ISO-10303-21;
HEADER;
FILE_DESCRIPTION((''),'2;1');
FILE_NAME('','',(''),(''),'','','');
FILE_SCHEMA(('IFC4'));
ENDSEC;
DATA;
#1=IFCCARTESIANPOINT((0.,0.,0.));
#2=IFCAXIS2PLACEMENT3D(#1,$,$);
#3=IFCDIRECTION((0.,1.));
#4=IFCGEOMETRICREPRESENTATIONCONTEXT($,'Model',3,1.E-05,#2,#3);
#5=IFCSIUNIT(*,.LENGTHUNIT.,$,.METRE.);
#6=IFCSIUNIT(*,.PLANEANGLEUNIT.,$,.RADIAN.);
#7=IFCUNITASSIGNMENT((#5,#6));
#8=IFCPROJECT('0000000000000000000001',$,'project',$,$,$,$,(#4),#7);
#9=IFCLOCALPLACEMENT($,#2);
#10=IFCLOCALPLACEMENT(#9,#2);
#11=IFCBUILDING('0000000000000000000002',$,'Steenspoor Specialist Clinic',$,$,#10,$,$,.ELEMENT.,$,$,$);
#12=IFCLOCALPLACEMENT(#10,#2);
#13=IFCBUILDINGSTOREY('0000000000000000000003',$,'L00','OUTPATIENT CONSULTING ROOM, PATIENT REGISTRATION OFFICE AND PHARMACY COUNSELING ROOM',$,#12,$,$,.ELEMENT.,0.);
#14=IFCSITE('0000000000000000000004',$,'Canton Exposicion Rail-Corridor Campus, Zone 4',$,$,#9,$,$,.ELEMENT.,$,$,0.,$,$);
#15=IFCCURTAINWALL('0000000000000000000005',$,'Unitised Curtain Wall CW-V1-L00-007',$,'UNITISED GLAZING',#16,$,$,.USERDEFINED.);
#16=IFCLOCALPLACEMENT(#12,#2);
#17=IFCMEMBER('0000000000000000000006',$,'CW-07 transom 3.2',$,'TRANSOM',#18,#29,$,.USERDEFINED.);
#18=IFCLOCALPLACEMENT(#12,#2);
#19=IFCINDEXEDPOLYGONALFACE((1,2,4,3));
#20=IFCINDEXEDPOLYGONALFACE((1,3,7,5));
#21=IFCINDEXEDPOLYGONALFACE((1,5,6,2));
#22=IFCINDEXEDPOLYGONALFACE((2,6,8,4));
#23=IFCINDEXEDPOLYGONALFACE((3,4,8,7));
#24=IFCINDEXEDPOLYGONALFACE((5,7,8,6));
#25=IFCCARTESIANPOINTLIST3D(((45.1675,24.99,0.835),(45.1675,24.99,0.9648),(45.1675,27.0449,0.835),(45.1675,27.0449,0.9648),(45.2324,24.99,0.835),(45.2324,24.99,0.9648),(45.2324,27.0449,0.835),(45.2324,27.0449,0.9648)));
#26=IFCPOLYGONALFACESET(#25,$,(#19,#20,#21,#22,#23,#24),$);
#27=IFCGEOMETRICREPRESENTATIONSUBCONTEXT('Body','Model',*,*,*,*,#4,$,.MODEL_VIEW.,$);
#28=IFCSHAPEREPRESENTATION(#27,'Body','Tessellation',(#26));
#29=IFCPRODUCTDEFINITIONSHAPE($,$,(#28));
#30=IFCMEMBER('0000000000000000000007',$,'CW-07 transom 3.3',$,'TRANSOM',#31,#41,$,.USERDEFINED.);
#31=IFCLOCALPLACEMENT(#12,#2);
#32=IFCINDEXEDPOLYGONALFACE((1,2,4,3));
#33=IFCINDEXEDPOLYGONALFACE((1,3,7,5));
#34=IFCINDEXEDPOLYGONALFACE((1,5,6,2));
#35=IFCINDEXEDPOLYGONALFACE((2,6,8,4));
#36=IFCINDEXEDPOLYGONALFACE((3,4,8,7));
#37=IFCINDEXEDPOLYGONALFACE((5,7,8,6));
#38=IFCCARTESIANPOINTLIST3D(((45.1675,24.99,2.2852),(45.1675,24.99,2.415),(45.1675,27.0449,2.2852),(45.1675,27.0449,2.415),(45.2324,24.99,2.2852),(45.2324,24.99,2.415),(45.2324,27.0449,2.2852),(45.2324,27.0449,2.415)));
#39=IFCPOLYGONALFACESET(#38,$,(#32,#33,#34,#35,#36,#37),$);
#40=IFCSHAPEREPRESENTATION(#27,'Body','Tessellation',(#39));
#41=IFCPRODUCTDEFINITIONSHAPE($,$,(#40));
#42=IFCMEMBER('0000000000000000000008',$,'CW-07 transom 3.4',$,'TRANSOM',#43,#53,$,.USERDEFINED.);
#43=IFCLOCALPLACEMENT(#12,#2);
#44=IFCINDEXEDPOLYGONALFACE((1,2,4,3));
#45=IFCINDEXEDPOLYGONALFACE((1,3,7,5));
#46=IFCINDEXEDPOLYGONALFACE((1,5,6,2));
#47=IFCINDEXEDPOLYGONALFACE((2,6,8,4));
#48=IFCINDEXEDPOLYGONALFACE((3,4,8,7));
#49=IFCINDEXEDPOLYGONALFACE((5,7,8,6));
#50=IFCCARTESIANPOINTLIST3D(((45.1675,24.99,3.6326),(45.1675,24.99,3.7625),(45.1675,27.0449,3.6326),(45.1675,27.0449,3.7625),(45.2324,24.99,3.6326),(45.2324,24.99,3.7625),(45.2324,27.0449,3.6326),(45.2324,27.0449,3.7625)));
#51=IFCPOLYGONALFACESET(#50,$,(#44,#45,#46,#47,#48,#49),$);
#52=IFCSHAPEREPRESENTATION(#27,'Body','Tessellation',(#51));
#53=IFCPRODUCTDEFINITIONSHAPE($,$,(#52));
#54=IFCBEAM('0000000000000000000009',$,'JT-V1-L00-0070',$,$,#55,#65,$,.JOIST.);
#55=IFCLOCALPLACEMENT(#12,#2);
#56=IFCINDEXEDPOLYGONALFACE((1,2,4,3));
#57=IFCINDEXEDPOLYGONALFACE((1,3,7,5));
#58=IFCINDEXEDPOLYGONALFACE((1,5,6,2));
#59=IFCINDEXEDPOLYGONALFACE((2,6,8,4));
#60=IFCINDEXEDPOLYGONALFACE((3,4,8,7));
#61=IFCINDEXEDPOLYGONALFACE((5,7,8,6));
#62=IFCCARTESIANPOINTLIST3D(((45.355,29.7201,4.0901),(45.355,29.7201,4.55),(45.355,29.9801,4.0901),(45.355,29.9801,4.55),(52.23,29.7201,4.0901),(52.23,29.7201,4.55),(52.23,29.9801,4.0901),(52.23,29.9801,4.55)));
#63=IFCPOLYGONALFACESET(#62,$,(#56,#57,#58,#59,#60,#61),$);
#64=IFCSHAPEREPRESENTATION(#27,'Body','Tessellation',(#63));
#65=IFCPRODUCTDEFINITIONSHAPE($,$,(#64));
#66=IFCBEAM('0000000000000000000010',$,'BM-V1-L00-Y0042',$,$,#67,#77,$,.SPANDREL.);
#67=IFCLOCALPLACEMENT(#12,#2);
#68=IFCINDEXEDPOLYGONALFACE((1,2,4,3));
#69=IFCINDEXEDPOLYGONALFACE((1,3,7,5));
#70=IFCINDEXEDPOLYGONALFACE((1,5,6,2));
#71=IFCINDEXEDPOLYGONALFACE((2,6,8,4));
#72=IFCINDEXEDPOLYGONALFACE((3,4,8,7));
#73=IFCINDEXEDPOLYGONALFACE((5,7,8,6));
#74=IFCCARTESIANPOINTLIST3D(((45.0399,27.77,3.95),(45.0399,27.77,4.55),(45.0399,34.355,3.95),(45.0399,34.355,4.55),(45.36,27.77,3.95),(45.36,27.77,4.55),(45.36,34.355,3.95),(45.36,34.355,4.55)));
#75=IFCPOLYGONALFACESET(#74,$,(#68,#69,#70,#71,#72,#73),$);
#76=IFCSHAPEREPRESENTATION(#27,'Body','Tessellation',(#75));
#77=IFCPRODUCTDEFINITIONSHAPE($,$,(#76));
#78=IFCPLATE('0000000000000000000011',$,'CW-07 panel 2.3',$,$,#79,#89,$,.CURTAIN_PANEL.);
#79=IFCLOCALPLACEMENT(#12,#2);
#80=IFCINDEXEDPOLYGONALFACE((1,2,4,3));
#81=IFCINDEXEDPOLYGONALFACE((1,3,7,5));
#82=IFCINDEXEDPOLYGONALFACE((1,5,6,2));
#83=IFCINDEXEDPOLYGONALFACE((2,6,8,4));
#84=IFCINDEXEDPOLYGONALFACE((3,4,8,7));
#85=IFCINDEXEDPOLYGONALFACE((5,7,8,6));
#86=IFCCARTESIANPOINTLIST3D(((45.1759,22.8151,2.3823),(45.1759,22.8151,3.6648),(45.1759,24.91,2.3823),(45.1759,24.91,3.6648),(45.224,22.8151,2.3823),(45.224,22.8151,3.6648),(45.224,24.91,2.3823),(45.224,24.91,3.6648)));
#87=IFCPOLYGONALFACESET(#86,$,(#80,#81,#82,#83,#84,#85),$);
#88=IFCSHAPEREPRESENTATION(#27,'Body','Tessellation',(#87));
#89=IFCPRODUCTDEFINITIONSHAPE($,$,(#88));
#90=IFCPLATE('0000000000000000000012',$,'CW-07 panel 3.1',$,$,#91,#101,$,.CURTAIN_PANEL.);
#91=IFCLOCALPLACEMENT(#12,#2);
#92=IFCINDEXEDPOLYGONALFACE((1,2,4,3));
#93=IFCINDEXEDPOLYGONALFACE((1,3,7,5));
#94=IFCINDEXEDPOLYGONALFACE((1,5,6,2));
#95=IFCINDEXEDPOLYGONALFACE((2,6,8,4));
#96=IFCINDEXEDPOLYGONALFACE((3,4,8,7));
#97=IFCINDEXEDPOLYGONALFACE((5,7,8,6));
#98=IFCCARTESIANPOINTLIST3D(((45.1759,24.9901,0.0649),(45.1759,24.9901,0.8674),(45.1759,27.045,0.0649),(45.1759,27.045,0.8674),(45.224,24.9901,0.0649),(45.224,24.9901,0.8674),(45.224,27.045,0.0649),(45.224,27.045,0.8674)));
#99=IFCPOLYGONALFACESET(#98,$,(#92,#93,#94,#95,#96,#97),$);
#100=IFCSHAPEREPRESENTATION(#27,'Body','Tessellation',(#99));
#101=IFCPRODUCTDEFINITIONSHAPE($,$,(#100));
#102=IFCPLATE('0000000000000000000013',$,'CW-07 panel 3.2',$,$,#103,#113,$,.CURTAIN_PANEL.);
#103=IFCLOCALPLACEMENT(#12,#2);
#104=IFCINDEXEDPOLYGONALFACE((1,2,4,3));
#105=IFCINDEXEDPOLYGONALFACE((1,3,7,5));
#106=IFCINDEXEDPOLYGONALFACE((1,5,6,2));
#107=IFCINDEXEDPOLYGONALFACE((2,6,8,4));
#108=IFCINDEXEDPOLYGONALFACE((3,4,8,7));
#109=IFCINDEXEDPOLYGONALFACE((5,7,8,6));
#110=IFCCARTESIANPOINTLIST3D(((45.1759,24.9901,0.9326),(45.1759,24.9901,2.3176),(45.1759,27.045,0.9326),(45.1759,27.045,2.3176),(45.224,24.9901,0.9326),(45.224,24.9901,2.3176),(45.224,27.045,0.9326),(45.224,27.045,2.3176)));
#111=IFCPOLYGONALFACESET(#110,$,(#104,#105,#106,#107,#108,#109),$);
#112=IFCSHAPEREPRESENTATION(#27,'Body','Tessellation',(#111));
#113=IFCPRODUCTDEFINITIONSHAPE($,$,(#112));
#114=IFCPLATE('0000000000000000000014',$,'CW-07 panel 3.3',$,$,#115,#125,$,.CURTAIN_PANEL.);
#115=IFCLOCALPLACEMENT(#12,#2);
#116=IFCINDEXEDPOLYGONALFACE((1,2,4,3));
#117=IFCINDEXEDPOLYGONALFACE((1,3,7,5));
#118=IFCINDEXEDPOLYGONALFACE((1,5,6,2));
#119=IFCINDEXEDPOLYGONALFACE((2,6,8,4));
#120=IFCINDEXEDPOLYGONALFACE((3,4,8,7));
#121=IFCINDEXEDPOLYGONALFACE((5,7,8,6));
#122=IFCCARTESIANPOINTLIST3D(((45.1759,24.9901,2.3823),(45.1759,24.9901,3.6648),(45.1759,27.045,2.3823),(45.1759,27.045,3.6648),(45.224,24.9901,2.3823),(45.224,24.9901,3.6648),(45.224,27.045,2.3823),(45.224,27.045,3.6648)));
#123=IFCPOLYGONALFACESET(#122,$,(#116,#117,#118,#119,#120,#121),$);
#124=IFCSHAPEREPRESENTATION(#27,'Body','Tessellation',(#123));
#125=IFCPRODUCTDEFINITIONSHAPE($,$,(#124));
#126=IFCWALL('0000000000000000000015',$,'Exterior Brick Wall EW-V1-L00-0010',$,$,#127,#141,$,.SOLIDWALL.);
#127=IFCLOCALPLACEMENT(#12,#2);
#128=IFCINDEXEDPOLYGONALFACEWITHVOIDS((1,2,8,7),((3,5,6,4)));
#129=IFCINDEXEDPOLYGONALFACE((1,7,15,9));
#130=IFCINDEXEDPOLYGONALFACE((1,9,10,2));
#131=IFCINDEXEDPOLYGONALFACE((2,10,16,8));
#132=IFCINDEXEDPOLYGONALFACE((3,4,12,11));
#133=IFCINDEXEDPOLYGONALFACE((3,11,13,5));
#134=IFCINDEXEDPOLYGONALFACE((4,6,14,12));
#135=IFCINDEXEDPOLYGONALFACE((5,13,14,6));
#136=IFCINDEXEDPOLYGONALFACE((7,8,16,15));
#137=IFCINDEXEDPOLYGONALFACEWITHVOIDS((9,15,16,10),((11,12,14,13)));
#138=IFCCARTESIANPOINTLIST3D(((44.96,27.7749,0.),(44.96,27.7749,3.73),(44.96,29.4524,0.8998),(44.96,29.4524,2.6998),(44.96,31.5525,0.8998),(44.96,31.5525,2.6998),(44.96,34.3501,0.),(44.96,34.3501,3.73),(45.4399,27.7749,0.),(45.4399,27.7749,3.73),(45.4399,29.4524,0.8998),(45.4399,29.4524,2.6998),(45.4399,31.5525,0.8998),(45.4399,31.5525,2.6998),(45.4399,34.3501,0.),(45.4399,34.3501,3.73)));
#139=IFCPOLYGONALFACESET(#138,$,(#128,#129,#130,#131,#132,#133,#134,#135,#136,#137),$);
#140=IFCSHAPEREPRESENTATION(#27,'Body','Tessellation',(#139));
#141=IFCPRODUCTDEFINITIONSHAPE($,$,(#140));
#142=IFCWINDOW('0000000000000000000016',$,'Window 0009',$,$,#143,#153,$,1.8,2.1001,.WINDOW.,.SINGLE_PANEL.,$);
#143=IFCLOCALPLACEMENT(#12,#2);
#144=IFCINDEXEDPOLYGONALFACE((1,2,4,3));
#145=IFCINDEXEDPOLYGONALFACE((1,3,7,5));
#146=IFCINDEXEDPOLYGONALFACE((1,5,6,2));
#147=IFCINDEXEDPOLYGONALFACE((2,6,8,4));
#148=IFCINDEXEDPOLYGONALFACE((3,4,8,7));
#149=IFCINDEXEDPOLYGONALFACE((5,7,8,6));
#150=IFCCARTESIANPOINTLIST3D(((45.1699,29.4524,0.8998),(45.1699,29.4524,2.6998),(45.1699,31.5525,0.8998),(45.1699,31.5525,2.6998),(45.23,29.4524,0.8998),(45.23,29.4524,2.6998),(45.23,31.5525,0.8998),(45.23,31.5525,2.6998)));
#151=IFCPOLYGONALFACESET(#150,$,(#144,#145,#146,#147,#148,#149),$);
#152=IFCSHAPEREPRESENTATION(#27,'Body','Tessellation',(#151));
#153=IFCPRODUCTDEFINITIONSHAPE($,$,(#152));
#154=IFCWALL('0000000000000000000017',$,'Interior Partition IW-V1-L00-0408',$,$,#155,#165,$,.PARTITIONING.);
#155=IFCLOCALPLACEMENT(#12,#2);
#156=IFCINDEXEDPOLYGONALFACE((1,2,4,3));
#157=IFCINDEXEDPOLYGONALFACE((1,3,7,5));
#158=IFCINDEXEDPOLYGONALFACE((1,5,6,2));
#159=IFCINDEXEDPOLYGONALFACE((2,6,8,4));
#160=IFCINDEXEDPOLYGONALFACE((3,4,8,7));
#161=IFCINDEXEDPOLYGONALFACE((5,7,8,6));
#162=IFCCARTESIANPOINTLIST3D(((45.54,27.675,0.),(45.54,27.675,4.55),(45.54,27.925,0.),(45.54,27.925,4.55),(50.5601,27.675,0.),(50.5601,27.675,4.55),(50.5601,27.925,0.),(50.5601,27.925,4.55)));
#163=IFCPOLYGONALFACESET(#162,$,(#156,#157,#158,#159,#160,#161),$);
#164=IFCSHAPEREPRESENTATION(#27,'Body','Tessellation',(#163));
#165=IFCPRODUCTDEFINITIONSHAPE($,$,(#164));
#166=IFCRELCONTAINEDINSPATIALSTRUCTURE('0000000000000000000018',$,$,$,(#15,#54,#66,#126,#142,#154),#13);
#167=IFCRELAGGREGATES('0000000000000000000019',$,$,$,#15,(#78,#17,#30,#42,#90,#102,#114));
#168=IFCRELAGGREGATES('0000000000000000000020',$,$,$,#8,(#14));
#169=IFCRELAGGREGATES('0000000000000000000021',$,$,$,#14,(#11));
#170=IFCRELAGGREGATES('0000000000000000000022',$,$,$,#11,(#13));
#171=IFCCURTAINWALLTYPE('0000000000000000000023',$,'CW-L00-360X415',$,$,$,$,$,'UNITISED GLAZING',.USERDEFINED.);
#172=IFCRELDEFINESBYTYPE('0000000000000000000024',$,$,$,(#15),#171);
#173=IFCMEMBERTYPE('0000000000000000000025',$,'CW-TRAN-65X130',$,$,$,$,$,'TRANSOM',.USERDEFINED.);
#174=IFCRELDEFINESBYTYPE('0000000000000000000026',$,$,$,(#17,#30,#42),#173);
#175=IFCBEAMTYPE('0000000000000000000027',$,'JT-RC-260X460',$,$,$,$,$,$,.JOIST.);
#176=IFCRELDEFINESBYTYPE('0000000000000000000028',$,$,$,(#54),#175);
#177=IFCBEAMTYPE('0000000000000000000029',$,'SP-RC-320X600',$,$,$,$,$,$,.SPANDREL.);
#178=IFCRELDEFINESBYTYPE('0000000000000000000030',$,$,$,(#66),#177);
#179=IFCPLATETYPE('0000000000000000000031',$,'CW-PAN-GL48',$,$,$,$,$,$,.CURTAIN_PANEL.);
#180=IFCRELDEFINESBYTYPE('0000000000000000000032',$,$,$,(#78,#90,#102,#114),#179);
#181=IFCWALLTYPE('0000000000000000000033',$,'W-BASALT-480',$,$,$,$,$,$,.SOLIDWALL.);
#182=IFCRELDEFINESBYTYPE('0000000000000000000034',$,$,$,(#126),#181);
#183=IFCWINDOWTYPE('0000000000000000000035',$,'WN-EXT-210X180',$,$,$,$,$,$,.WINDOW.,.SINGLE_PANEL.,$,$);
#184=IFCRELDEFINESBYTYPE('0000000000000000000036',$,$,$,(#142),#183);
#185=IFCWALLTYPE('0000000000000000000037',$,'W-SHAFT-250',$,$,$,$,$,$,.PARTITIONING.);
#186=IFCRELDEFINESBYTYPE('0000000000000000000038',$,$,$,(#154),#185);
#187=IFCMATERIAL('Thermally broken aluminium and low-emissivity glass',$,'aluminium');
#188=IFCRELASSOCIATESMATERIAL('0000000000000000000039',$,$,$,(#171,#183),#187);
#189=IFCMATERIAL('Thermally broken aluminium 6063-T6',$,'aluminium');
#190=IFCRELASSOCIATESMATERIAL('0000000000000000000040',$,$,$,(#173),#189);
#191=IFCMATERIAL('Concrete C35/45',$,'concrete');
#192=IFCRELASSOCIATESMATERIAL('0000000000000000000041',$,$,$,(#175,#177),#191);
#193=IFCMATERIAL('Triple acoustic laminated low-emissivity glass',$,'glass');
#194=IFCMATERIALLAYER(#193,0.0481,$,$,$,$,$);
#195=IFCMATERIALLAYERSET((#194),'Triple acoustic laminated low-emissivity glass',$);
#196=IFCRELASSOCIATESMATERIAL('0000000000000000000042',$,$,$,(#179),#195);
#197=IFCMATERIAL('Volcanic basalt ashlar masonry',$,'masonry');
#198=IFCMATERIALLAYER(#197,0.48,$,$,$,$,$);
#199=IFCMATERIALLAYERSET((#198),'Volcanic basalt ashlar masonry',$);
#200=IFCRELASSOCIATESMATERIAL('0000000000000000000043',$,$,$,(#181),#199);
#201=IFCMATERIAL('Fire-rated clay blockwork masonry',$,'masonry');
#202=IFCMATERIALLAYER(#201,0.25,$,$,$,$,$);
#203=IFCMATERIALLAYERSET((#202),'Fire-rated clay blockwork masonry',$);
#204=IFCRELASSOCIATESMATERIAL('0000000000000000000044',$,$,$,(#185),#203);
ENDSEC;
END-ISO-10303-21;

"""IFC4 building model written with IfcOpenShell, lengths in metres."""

from ifc_helpers import new_model, si_unit, direction, frame, frame_2d, origin, origin_2d, place, context, subcontext, project, spatial, rectangle, extrude, material, layer, layer_set, material_profile, profile_set, type_object, element, fill, aggregate, save


model = new_model("IFC4")

# Units and contexts
model_context = context("Model", 3, precision=1e-05, world=origin(), true_north=direction((0.0, 1.0)))
body_context = subcontext(model_context, "Body", "Model", "MODEL_VIEW")
ifc_project = project(units=[si_unit("LENGTHUNIT", "METRE"), si_unit("PLANEANGLEUNIT", "RADIAN")], contexts=[model_context])

# Site, building, storey
site_placement = place(None, origin())
site = spatial("IfcSite", under=ifc_project, at=site_placement, Name="Canton Exposicion Rail-Corridor Campus, Zone 4", CompositionType="ELEMENT", RefElevation=0.0)
building_placement = place(site_placement, origin())
building = spatial("IfcBuilding", under=site, at=building_placement, Name="Steenspoor Specialist Clinic", CompositionType="ELEMENT")
storey_placement = place(building_placement, origin())
storey = spatial("IfcBuildingStorey", under=building, at=storey_placement, Name="L00", Description="OUTPATIENT CONSULTING ROOM, PATIENT REGISTRATION OFFICE AND PHARMACY COUNSELING ROOM", CompositionType="ELEMENT", Elevation=0.0)

# Shared definitions
ifc_material_1 = material(Name="Concrete C35/45", Category="concrete")

# Curtain wall, members
ifc_material_2 = material(Name="Thermally broken aluminium and low-emissivity glass", Category="aluminium")
curtain_wall_type = type_object("IfcCurtainWallType", Name="CW-L00-360X415", ElementType="UNITISED GLAZING", PredefinedType="USERDEFINED", material=ifc_material_2)
curtain_wall_placement = place(storey_placement, origin())
curtain_wall = element("IfcCurtainWall", 1, at=curtain_wall_placement, inside=storey, type_object=curtain_wall_type, Name="Unitised Curtain Wall CW-V1-L00-007", ObjectType="UNITISED GLAZING", PredefinedType="USERDEFINED")
ifc_material_3 = material(Name="Thermally broken aluminium 6063-T6", Category="aluminium")
ifc_material_profile_1 = material_profile(ifc_material_3, rectangle(XDim=0.0649, YDim=0.1299, at=origin_2d()), Name="CWT-65X130")
ifc_profile_set_1 = profile_set([ifc_material_profile_1], Name="Thermally broken aluminium 6063-T6")
member_type_1 = type_object("IfcMemberType", Name="CW-TRAN-65X130", ElementType="TRANSOM", PredefinedType="USERDEFINED", material=ifc_profile_set_1)
member_1_placement = place(storey_placement, frame((45.2, 24.99, 0.8999), z_axis=(0.0, 1.0, 0.0), x_axis=(-1.0, 0.0, 0.0)))
member_1 = element("IfcMember", 2, at=member_1_placement, type_object=member_type_1, Name="CW-07 transom 3.2", ObjectType="TRANSOM", PredefinedType="USERDEFINED", context=body_context, shape_type="SweptSolid", body=[
    extrude(rectangle(XDim=0.0649, YDim=0.1299, at=origin_2d()), origin(), (0.0, 0.0, 1.0), 2.0549),
])
member_2_placement = place(storey_placement, frame((45.2, 24.99, 2.3501), z_axis=(0.0, 1.0, 0.0), x_axis=(-1.0, 0.0, 0.0)))
member_2 = element("IfcMember", 3, at=member_2_placement, type_object=member_type_1, Name="CW-07 transom 3.3", ObjectType="TRANSOM", PredefinedType="USERDEFINED", context=body_context, shape_type="SweptSolid", body=[
    extrude(rectangle(XDim=0.0649, YDim=0.1299, at=origin_2d()), origin(), (0.0, 0.0, 1.0), 2.0549),
])
member_3_placement = place(storey_placement, frame((45.2, 24.99, 3.6975), z_axis=(0.0, 1.0, 0.0), x_axis=(-1.0, 0.0, 0.0)))
member_3 = element("IfcMember", 4, at=member_3_placement, type_object=member_type_1, Name="CW-07 transom 3.4", ObjectType="TRANSOM", PredefinedType="USERDEFINED", context=body_context, shape_type="SweptSolid", body=[
    extrude(rectangle(XDim=0.0649, YDim=0.1299, at=origin_2d()), origin(), (0.0, 0.0, 1.0), 2.0549),
])

# Beams
ifc_material_profile_2 = material_profile(ifc_material_1, rectangle(XDim=0.26, YDim=0.46, at=origin_2d()), Name="RC-JT-260X460")
ifc_profile_set_2 = profile_set([ifc_material_profile_2], Name="Concrete C35/45")
beam_type_1 = type_object("IfcBeamType", Name="JT-RC-260X460", PredefinedType="JOIST", material=ifc_profile_set_2)
beam_1_placement = place(storey_placement, frame((45.355, 29.8501, 4.3201), z_axis=(1.0, 0.0, 0.0), x_axis=(0.0, 1.0, 0.0)))
element("IfcBeam", 5, at=beam_1_placement, inside=storey, type_object=beam_type_1, Name="JT-V1-L00-0070", PredefinedType="JOIST", context=body_context, shape_type="SweptSolid", body=[
    extrude(rectangle(XDim=0.26, YDim=0.46, at=origin_2d()), origin(), (0.0, 0.0, 1.0), 6.875),
])
ifc_material_profile_3 = material_profile(ifc_material_1, rectangle(XDim=0.3201, YDim=0.6001, at=origin_2d()), Name="RC-SP-320X600")
ifc_profile_set_3 = profile_set([ifc_material_profile_3], Name="Concrete C35/45")
beam_type_2 = type_object("IfcBeamType", Name="SP-RC-320X600", PredefinedType="SPANDREL", material=ifc_profile_set_3)
beam_2_placement = place(storey_placement, frame((45.2, 27.77, 4.25), z_axis=(0.0, 1.0, 0.0), x_axis=(-1.0, 0.0, 0.0)))
element("IfcBeam", 6, at=beam_2_placement, inside=storey, type_object=beam_type_2, Name="BM-V1-L00-Y0042", PredefinedType="SPANDREL", context=body_context, shape_type="SweptSolid", body=[
    extrude(rectangle(XDim=0.3201, YDim=0.6001, at=origin_2d()), origin(), (0.0, 0.0, 1.0), 6.585),
])

# Plates
ifc_material_4 = material(Name="Triple acoustic laminated low-emissivity glass", Category="glass")
ifc_layer_1 = layer(ifc_material_4, 0.0481)
ifc_layer_set_1 = layer_set([ifc_layer_1], Name="Triple acoustic laminated low-emissivity glass")
plate_type = type_object("IfcPlateType", Name="CW-PAN-GL48", PredefinedType="CURTAIN_PANEL", material=ifc_layer_set_1)
plate_1_placement = place(storey_placement, frame((45.2, 23.8625, 2.3823), z_axis=(0.0, 0.0, 1.0), x_axis=(0.0, 1.0, 0.0)))
plate_1 = element("IfcPlate", 7, at=plate_1_placement, type_object=plate_type, Name="CW-07 panel 2.3", PredefinedType="CURTAIN_PANEL", context=body_context, shape_type="SweptSolid", body=[
    extrude(rectangle(XDim=2.095, YDim=0.0481, at=origin_2d()), origin(), (0.0, 0.0, 1.0), 1.2825),
])
plate_2_placement = place(storey_placement, frame((45.2, 26.0176, 0.0649), z_axis=(0.0, 0.0, 1.0), x_axis=(0.0, 1.0, 0.0)))
plate_2 = element("IfcPlate", 8, at=plate_2_placement, type_object=plate_type, Name="CW-07 panel 3.1", PredefinedType="CURTAIN_PANEL", context=body_context, shape_type="SweptSolid", body=[
    extrude(rectangle(XDim=2.0549, YDim=0.0481, at=origin_2d()), origin(), (0.0, 0.0, 1.0), 0.8025),
])
plate_3_placement = place(storey_placement, frame((45.2, 26.0176, 0.9326), z_axis=(0.0, 0.0, 1.0), x_axis=(0.0, 1.0, 0.0)))
plate_3 = element("IfcPlate", 9, at=plate_3_placement, type_object=plate_type, Name="CW-07 panel 3.2", PredefinedType="CURTAIN_PANEL", context=body_context, shape_type="SweptSolid", body=[
    extrude(rectangle(XDim=2.0549, YDim=0.0481, at=origin_2d()), origin(), (0.0, 0.0, 1.0), 1.385),
])
plate_4_placement = place(storey_placement, frame((45.2, 26.0176, 2.3823), z_axis=(0.0, 0.0, 1.0), x_axis=(0.0, 1.0, 0.0)))
plate_4 = element("IfcPlate", 10, at=plate_4_placement, type_object=plate_type, Name="CW-07 panel 3.3", PredefinedType="CURTAIN_PANEL", context=body_context, shape_type="SweptSolid", body=[
    extrude(rectangle(XDim=2.0549, YDim=0.0481, at=origin_2d()), origin(), (0.0, 0.0, 1.0), 1.2825),
])
aggregate(curtain_wall, [plate_1, member_1, member_2, member_3, plate_2, plate_3, plate_4])

# Wall, opening, window
ifc_material_5 = material(Name="Volcanic basalt ashlar masonry", Category="masonry")
ifc_layer_2 = layer(ifc_material_5, 0.48)
ifc_layer_set_2 = layer_set([ifc_layer_2], Name="Volcanic basalt ashlar masonry")
wall_type_1 = type_object("IfcWallType", Name="W-BASALT-480", PredefinedType="SOLIDWALL", material=ifc_layer_set_2)
wall_1_placement = place(storey_placement, frame((45.2, 27.7749, 0.0), z_axis=(0.0, 0.0, 1.0), x_axis=(0.0, 1.0, 0.0)))
wall_1 = element("IfcWall", 11, at=wall_1_placement, inside=storey, type_object=wall_type_1, Name="Exterior Brick Wall EW-V1-L00-0010", PredefinedType="SOLIDWALL", context=body_context, shape_type="SweptSolid", body=[
    extrude(rectangle(XDim=6.5752, YDim=0.48, at=frame_2d((3.2876, 0.0))), origin(), (0.0, 0.0, 1.0), 3.73),
])
opening_placement = place(wall_1_placement, frame((1.6775, 0.0, 0.8999)))
opening = element("IfcOpeningElement", 12, at=opening_placement, cuts=wall_1, PredefinedType="OPENING", context=body_context, shape_type="SweptSolid", body=[
    extrude(rectangle(XDim=2.1001, YDim=1.8, at=frame_2d((1.05, 0.8999))), frame((0.0, 0.25, 0.0), z_axis=(0.0, -1.0, 0.0), x_axis=(1.0, 0.0, 0.0)), (0.0, 0.0, 1.0), 0.5),
])
window_type = type_object("IfcWindowType", Name="WN-EXT-210X180", PartitioningType="SINGLE_PANEL", PredefinedType="WINDOW", material=ifc_material_2)
window_placement = place(opening_placement, origin())
window = element("IfcWindow", 13, at=window_placement, inside=storey, type_object=window_type, Name="Window 0009", OverallHeight=1.8, OverallWidth=2.1001, PartitioningType="SINGLE_PANEL", PredefinedType="WINDOW", context=body_context, shape_type="SweptSolid", body=[
    extrude(rectangle(XDim=2.1001, YDim=1.8, at=frame_2d((1.05, 0.8999))), frame((0.0, 0.03, 0.0), z_axis=(0.0, -1.0, 0.0), x_axis=(1.0, 0.0, 0.0)), (0.0, 0.0, 1.0), 0.0601),
])
fill(opening, window)

# Wall
ifc_material_6 = material(Name="Fire-rated clay blockwork masonry", Category="masonry")
ifc_layer_3 = layer(ifc_material_6, 0.25)
ifc_layer_set_3 = layer_set([ifc_layer_3], Name="Fire-rated clay blockwork masonry")
wall_type_2 = type_object("IfcWallType", Name="W-SHAFT-250", PredefinedType="PARTITIONING", material=ifc_layer_set_3)
wall_2_placement = place(storey_placement, frame((45.54, 27.8, 0.0), z_axis=(0.0, 0.0, 1.0), x_axis=(1.0, 0.0, 0.0)))
element("IfcWall", 14, at=wall_2_placement, inside=storey, type_object=wall_type_2, Name="Interior Partition IW-V1-L00-0408", PredefinedType="PARTITIONING", context=body_context, shape_type="SweptSolid", body=[
    extrude(rectangle(XDim=5.02, YDim=0.25, at=frame_2d((2.51, 0.0))), origin(), (0.0, 0.0, 1.0), 4.55),
])

save(model, "model.ifc")
